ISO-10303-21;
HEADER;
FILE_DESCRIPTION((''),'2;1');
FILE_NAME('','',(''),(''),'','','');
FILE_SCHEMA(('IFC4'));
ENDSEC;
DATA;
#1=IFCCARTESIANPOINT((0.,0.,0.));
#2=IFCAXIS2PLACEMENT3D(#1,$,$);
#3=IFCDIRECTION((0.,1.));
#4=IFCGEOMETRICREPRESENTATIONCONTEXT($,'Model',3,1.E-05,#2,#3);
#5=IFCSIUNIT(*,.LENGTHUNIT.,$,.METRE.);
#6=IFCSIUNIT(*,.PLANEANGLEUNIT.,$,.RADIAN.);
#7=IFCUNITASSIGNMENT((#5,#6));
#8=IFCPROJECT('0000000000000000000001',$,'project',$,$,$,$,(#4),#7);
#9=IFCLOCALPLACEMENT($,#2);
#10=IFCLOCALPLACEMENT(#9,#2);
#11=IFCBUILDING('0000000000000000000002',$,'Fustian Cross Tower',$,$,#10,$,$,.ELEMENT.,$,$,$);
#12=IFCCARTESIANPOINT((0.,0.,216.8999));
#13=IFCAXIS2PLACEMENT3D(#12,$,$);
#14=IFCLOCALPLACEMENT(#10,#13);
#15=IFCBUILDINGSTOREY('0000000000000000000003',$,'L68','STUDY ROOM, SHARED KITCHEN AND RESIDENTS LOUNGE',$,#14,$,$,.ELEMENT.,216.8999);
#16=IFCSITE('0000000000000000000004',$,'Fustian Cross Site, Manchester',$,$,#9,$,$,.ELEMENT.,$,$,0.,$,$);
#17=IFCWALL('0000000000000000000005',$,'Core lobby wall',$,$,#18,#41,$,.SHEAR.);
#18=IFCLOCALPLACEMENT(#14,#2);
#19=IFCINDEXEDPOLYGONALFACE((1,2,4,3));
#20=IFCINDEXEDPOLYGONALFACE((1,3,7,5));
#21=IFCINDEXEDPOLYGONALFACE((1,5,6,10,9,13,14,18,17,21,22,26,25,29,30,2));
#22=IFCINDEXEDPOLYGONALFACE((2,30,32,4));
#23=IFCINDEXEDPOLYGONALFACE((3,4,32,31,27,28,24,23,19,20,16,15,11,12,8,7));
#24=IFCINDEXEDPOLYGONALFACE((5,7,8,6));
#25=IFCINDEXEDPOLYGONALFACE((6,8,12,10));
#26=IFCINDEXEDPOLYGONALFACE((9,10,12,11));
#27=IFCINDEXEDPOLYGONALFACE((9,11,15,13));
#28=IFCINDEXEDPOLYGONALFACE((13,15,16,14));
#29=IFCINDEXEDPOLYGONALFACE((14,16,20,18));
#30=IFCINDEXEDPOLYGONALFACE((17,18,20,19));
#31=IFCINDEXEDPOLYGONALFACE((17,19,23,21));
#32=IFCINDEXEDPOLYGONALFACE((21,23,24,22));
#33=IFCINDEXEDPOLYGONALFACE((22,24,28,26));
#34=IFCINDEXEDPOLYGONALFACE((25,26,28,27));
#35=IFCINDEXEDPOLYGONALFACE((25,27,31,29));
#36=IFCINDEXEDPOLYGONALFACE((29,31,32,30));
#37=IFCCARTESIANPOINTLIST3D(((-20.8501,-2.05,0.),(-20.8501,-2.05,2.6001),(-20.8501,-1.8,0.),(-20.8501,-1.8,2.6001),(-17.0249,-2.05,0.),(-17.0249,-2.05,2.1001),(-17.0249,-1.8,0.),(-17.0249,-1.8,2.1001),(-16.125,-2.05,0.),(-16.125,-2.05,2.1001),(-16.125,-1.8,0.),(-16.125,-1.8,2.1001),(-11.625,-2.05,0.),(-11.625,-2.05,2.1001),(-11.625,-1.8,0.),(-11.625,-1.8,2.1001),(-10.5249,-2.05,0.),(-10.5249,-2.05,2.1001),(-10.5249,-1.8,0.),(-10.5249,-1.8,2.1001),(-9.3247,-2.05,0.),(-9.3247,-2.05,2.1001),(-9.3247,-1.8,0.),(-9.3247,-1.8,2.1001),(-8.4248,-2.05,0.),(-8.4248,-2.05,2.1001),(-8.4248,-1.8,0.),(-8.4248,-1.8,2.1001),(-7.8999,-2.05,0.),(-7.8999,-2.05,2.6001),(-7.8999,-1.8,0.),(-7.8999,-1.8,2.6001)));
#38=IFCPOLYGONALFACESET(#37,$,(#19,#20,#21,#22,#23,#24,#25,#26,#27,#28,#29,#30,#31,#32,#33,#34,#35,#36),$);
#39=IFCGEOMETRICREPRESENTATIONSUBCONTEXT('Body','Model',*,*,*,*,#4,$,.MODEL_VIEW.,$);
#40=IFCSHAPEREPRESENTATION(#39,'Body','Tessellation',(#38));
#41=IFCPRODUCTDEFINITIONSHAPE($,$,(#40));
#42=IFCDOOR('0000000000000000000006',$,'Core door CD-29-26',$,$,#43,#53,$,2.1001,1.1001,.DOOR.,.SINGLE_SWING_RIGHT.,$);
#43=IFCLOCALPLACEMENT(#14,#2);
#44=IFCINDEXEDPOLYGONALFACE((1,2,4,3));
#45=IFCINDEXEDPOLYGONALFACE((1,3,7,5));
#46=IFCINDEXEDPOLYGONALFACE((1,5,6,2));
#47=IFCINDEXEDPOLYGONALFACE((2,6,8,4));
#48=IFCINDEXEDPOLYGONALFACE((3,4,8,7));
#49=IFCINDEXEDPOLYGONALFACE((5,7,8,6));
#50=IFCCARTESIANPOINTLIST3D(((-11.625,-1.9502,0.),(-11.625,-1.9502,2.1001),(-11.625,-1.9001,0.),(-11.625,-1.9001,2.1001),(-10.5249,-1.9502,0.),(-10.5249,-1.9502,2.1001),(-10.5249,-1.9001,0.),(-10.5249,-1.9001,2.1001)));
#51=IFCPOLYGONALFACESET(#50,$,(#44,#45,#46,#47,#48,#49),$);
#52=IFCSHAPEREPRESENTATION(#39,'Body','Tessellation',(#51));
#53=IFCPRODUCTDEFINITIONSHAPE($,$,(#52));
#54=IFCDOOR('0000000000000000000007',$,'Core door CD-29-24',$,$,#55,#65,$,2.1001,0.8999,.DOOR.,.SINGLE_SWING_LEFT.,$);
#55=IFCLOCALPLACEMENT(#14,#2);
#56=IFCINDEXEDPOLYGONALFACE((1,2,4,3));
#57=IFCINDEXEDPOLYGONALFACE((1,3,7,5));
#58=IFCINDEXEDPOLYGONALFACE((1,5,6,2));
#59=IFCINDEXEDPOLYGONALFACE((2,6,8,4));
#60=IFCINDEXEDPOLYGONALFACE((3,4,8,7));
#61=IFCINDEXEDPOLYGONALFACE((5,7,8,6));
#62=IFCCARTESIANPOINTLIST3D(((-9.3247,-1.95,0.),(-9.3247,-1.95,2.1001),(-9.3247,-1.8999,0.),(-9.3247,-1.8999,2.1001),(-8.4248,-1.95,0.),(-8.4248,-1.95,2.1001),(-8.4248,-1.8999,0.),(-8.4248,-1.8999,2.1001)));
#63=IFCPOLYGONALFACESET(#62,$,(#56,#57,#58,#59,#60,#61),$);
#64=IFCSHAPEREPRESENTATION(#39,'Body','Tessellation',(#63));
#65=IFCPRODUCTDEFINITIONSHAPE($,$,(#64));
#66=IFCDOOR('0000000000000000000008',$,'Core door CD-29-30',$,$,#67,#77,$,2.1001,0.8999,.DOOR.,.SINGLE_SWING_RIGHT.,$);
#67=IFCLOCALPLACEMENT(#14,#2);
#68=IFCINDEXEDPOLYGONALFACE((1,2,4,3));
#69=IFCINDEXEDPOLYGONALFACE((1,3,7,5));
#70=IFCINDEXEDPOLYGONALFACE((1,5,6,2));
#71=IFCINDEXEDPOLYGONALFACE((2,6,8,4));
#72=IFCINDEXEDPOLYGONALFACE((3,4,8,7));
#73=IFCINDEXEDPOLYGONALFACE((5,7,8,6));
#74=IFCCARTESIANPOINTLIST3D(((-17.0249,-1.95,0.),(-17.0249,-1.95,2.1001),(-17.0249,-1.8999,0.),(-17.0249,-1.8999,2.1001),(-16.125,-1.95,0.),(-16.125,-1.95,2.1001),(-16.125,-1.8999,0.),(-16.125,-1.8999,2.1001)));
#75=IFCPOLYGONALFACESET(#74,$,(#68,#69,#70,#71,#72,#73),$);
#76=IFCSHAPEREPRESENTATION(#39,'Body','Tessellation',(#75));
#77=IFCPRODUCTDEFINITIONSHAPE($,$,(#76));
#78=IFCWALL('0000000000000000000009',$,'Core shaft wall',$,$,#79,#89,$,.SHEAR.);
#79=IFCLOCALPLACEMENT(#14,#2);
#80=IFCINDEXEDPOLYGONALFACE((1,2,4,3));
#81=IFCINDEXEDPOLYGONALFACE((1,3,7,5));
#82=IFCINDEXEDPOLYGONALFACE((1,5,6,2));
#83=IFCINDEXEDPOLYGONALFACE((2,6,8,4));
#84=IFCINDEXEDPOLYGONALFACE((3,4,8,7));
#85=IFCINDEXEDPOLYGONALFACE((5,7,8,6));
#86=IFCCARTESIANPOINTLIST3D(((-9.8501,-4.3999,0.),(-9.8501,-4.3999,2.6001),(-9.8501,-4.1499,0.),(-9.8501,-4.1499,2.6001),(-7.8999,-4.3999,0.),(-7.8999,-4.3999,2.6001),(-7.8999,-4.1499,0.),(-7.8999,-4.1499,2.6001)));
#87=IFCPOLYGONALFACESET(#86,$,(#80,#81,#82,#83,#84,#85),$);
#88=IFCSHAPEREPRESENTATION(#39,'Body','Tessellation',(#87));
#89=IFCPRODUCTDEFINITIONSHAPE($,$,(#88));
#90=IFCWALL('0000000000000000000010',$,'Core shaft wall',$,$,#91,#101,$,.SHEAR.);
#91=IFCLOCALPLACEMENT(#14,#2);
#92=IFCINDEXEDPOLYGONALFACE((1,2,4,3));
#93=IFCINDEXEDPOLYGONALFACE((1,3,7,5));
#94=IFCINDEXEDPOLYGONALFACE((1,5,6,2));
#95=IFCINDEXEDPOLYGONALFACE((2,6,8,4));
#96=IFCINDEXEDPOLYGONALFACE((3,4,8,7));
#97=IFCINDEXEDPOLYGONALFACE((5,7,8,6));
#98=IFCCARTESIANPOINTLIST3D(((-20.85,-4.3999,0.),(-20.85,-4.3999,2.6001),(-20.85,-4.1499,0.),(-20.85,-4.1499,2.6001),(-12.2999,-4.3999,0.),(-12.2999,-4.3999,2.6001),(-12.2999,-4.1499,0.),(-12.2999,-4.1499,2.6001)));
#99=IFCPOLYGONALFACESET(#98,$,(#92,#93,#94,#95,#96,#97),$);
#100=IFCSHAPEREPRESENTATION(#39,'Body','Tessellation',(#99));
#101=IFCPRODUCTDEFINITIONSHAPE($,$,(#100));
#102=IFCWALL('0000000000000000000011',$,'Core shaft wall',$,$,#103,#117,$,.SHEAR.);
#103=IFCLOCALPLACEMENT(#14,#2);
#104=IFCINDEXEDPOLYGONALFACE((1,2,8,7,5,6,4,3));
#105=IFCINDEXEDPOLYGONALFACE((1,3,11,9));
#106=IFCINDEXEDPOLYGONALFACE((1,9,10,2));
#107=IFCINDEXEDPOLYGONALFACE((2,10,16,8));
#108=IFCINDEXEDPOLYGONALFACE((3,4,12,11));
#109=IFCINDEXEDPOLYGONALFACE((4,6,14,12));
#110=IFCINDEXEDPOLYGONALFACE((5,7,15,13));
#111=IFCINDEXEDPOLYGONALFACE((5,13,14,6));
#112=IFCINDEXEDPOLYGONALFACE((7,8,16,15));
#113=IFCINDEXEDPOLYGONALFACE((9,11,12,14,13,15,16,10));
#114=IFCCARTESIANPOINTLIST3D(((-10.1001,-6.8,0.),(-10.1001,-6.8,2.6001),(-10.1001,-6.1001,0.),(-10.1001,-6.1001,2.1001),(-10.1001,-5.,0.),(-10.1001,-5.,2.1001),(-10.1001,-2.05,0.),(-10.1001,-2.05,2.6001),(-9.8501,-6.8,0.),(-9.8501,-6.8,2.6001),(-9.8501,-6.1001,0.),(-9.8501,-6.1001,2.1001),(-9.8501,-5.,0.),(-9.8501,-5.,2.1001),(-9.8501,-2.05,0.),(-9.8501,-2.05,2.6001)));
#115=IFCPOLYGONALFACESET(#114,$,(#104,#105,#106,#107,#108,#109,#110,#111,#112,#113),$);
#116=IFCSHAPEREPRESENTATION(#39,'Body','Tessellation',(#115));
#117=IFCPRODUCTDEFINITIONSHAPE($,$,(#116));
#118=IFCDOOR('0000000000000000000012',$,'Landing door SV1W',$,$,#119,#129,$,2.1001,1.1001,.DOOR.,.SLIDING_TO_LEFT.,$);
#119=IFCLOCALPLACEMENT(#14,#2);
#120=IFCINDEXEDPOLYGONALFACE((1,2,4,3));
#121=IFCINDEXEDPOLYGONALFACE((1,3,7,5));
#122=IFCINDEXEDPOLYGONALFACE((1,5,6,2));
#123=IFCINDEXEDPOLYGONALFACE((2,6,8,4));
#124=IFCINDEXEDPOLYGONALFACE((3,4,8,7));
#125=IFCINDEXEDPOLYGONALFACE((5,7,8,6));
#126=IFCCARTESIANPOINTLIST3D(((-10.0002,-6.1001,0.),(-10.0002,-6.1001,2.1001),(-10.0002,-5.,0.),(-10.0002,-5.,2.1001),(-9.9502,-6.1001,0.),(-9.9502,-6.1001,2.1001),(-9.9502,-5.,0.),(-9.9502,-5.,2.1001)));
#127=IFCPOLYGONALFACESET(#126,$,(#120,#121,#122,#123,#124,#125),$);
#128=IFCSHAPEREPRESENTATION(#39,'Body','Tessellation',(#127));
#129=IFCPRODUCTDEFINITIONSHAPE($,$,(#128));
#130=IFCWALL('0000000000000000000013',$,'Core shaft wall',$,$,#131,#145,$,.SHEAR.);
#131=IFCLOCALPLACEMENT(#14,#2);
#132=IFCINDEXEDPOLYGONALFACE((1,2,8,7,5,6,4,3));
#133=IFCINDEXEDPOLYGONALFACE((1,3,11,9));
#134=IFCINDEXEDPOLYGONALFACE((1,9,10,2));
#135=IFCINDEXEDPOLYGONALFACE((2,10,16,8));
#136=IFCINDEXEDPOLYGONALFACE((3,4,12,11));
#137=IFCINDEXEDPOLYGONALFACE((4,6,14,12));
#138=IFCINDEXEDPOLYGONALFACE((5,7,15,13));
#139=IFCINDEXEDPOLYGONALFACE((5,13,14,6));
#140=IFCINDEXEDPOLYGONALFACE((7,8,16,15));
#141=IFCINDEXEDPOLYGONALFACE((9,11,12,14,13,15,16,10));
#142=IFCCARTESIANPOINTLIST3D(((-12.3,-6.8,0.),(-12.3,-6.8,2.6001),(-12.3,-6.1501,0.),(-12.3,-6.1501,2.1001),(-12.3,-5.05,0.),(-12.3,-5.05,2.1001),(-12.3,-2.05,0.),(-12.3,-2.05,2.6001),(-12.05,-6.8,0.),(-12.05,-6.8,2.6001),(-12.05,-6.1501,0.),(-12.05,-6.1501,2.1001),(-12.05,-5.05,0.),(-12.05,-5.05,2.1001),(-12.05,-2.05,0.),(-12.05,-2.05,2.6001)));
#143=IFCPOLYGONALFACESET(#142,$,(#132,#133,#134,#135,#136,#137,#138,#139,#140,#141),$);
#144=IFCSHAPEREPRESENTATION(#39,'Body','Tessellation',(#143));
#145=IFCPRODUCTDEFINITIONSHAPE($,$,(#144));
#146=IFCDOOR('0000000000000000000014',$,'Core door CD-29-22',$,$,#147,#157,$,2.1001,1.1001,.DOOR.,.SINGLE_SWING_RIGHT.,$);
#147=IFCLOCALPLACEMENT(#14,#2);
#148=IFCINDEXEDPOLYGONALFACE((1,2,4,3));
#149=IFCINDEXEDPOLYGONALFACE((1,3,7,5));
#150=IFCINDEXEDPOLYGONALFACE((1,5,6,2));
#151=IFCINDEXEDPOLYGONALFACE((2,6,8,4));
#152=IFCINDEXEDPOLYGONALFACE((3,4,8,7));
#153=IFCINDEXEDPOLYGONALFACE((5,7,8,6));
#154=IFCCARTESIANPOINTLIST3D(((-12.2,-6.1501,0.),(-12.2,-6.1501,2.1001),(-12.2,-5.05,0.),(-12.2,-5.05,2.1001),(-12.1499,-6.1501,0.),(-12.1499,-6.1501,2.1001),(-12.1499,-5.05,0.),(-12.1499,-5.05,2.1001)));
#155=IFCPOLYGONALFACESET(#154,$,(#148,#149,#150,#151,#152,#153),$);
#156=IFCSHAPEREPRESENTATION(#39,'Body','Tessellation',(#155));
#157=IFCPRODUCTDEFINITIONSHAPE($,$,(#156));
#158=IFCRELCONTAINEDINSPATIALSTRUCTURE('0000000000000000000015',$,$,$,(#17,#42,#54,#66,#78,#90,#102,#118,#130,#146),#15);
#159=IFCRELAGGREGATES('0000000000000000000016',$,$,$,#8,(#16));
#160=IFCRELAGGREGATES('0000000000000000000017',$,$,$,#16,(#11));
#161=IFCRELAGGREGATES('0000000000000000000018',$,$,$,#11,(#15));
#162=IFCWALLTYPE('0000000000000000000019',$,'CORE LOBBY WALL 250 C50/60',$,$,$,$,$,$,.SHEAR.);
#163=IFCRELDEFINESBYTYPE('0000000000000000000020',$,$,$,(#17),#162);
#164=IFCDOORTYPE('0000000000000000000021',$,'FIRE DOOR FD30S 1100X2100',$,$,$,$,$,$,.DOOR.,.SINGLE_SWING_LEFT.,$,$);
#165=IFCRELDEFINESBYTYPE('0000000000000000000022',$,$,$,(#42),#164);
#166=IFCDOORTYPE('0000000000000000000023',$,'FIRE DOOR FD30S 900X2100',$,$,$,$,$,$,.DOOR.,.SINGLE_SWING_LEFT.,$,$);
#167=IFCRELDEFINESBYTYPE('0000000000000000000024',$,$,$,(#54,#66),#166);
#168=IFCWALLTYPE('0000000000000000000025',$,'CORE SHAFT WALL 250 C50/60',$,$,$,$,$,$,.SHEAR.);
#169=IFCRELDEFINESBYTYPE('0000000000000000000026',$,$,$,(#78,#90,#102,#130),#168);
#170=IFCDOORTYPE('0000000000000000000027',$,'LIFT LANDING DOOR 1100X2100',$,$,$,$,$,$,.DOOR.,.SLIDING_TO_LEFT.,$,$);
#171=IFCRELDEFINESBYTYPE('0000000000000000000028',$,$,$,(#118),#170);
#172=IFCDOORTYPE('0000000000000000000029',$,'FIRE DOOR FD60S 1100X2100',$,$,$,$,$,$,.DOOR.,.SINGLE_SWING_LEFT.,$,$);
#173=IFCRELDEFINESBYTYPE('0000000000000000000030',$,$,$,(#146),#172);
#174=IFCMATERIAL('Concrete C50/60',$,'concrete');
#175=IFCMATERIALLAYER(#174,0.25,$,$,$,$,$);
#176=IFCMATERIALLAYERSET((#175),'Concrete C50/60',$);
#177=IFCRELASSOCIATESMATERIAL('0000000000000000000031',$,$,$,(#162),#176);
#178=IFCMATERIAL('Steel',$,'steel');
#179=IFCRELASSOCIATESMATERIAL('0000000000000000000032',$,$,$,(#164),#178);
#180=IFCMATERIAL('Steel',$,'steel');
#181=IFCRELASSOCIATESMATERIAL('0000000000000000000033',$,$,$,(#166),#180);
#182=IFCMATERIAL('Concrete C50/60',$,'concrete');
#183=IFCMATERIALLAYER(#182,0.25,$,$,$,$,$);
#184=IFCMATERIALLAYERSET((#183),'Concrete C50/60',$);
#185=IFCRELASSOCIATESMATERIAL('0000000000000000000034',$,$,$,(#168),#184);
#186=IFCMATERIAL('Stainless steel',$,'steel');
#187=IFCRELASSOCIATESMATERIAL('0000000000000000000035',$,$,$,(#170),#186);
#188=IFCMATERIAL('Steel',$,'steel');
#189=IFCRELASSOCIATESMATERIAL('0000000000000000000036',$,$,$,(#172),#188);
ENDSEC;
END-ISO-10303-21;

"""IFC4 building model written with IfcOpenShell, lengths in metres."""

from ifc_helpers import new_model, si_unit, direction, frame, frame_2d, origin, place, context, subcontext, project, spatial, rectangle, extrude, material, layer, layer_set, type_object, element, fill, save


model = new_model("IFC4")

# Units and contexts
model_context = context("Model", 3, precision=1e-05, world=origin(), true_north=direction((0.0, 1.0)))
body_context = subcontext(model_context, "Body", "Model", "MODEL_VIEW")
ifc_project = project(units=[si_unit("LENGTHUNIT", "METRE"), si_unit("PLANEANGLEUNIT", "RADIAN")], contexts=[model_context])

# Site, building, storey
site_placement = place(None, origin())
site = spatial("IfcSite", under=ifc_project, at=site_placement, Name="Fustian Cross Site, Manchester", CompositionType="ELEMENT", RefElevation=0.0)
building_placement = place(site_placement, origin())
building = spatial("IfcBuilding", under=site, at=building_placement, Name="Fustian Cross Tower", CompositionType="ELEMENT")
storey_placement = place(building_placement, frame((0.0, 0.0, 216.8999)))
storey = spatial("IfcBuildingStorey", under=building, at=storey_placement, Name="L68", Description="STUDY ROOM, SHARED KITCHEN AND RESIDENTS LOUNGE", CompositionType="ELEMENT", Elevation=216.8999)

# Wall, openings, doors
ifc_material_1 = material(Name="Concrete C50/60", Category="concrete")
ifc_layer_1 = layer(ifc_material_1, 0.25)
ifc_layer_set_1 = layer_set([ifc_layer_1], Name="Concrete C50/60")
wall_type_1 = type_object("IfcWallType", Name="CORE LOBBY WALL 250 C50/60", PredefinedType="SHEAR", material=ifc_layer_set_1)
wall_1_placement = place(storey_placement, frame((-7.8999, -1.925, 0.0), z_axis=(0.0, 0.0, 1.0), x_axis=(-1.0, 0.0, 0.0)))
wall_1 = element("IfcWall", 1, at=wall_1_placement, inside=storey, type_object=wall_type_1, Name="Core lobby wall", PredefinedType="SHEAR", context=body_context, shape_type="SweptSolid", body=[
    extrude(rectangle(XDim=12.9502, YDim=0.25, at=frame_2d((6.4751, 0.0))), origin(), (0.0, 0.0, 1.0), 2.6001),
])
opening_1_placement = place(wall_1_placement, frame((0.5249, 0.0, 0.0)))
opening_1 = element("IfcOpeningElement", 2, at=opening_1_placement, cuts=wall_1, PredefinedType="OPENING", context=body_context, shape_type="SweptSolid", body=[
    extrude(rectangle(XDim=0.8999, YDim=2.1001, at=frame_2d((0.45, 1.05))), frame((0.0, 0.135, 0.0), z_axis=(0.0, -1.0, 0.0), x_axis=(1.0, 0.0, 0.0)), (0.0, 0.0, 1.0), 0.27),
])
opening_2_placement = place(wall_1_placement, frame((2.625, 0.0, 0.0)))
opening_2 = element("IfcOpeningElement", 3, at=opening_2_placement, cuts=wall_1, PredefinedType="OPENING", context=body_context, shape_type="SweptSolid", body=[
    extrude(rectangle(XDim=1.1001, YDim=2.1001, at=frame_2d((0.55, 1.05))), frame((0.0, 0.135, 0.0), z_axis=(0.0, -1.0, 0.0), x_axis=(1.0, 0.0, 0.0)), (0.0, 0.0, 1.0), 0.27),
])
opening_3_placement = place(wall_1_placement, frame((8.2251, 0.0, 0.0)))
opening_3 = element("IfcOpeningElement", 4, at=opening_3_placement, cuts=wall_1, PredefinedType="OPENING", context=body_context, shape_type="SweptSolid", body=[
    extrude(rectangle(XDim=0.8999, YDim=2.1001, at=frame_2d((0.45, 1.05))), frame((0.0, 0.135, 0.0), z_axis=(0.0, -1.0, 0.0), x_axis=(1.0, 0.0, 0.0)), (0.0, 0.0, 1.0), 0.27),
])
ifc_material_2 = material(Name="Steel", Category="steel")
door_type_1 = type_object("IfcDoorType", Name="FIRE DOOR FD30S 1100X2100", OperationType="SINGLE_SWING_LEFT", PredefinedType="DOOR", material=ifc_material_2)
door_1_placement = place(opening_2_placement, frame((1.1001, 0.0, 0.0), z_axis=(0.0, 0.0, 1.0), x_axis=(-1.0, 0.0, 0.0)))
door_1 = element("IfcDoor", 5, at=door_1_placement, inside=storey, type_object=door_type_1, Name="Core door CD-29-26", OperationType="SINGLE_SWING_RIGHT", OverallHeight=2.1001, OverallWidth=1.1001, PredefinedType="DOOR", context=body_context, shape_type="SweptSolid", body=[
    extrude(rectangle(XDim=1.1001, YDim=2.1001, at=frame_2d((0.55, 1.05))), frame((0.0, 0.0249, 0.0), z_axis=(0.0, -1.0, 0.0), x_axis=(1.0, 0.0, 0.0)), (0.0, 0.0, 1.0), 0.05),
])
fill(opening_2, door_1)
ifc_material_3 = material(Name="Steel", Category="steel")
door_type_2 = type_object("IfcDoorType", Name="FIRE DOOR FD30S 900X2100", OperationType="SINGLE_SWING_LEFT", PredefinedType="DOOR", material=ifc_material_3)
door_2_placement = place(opening_1_placement, origin())
door_2 = element("IfcDoor", 6, at=door_2_placement, inside=storey, type_object=door_type_2, Name="Core door CD-29-24", OperationType="SINGLE_SWING_LEFT", OverallHeight=2.1001, OverallWidth=0.8999, PredefinedType="DOOR", context=body_context, shape_type="SweptSolid", body=[
    extrude(rectangle(XDim=0.8999, YDim=2.1001, at=frame_2d((0.45, 1.05))), frame((0.0, 0.0249, 0.0), z_axis=(0.0, -1.0, 0.0), x_axis=(1.0, 0.0, 0.0)), (0.0, 0.0, 1.0), 0.05),
])
fill(opening_1, door_2)
door_3_placement = place(opening_3_placement, origin())
door_3 = element("IfcDoor", 7, at=door_3_placement, inside=storey, type_object=door_type_2, Name="Core door CD-29-30", OperationType="SINGLE_SWING_RIGHT", OverallHeight=2.1001, OverallWidth=0.8999, PredefinedType="DOOR", context=body_context, shape_type="SweptSolid", body=[
    extrude(rectangle(XDim=0.8999, YDim=2.1001, at=frame_2d((0.45, 1.05))), frame((0.0, 0.0249, 0.0), z_axis=(0.0, -1.0, 0.0), x_axis=(1.0, 0.0, 0.0)), (0.0, 0.0, 1.0), 0.05),
])
fill(opening_3, door_3)

# Walls
ifc_material_4 = material(Name="Concrete C50/60", Category="concrete")
ifc_layer_2 = layer(ifc_material_4, 0.25)
ifc_layer_set_2 = layer_set([ifc_layer_2], Name="Concrete C50/60")
wall_type_2 = type_object("IfcWallType", Name="CORE SHAFT WALL 250 C50/60", PredefinedType="SHEAR", material=ifc_layer_set_2)
wall_2_placement = place(storey_placement, frame((-7.8999, -4.2749, 0.0), z_axis=(0.0, 0.0, 1.0), x_axis=(-1.0, 0.0, 0.0)))
element("IfcWall", 8, at=wall_2_placement, inside=storey, type_object=wall_type_2, Name="Core shaft wall", PredefinedType="SHEAR", context=body_context, shape_type="SweptSolid", body=[
    extrude(rectangle(XDim=1.9502, YDim=0.25, at=frame_2d((0.9751, 0.0))), origin(), (0.0, 0.0, 1.0), 2.6001),
])
wall_3_placement = place(storey_placement, frame((-12.3, -4.2749, 0.0), z_axis=(0.0, 0.0, 1.0), x_axis=(-1.0, 0.0, 0.0)))
element("IfcWall", 9, at=wall_3_placement, inside=storey, type_object=wall_type_2, Name="Core shaft wall", PredefinedType="SHEAR", context=body_context, shape_type="SweptSolid", body=[
    extrude(rectangle(XDim=8.55, YDim=0.25, at=frame_2d((4.2749, 0.0))), origin(), (0.0, 0.0, 1.0), 2.6001),
])

# Walls, openings, doors
wall_4_placement = place(storey_placement, frame((-9.9751, -2.05, 0.0), z_axis=(0.0, 0.0, 1.0), x_axis=(0.0, -1.0, 0.0)))
wall_4 = element("IfcWall", 10, at=wall_4_placement, inside=storey, type_object=wall_type_2, Name="Core shaft wall", PredefinedType="SHEAR", context=body_context, shape_type="SweptSolid", body=[
    extrude(rectangle(XDim=4.75, YDim=0.25, at=frame_2d((2.375, 0.0))), origin(), (0.0, 0.0, 1.0), 2.6001),
])
opening_4_placement = place(wall_4_placement, frame((2.95, 0.0, 0.0)))
opening_4 = element("IfcOpeningElement", 11, at=opening_4_placement, cuts=wall_4, PredefinedType="OPENING", context=body_context, shape_type="SweptSolid", body=[
    extrude(rectangle(XDim=1.1001, YDim=2.1001, at=frame_2d((0.55, 1.05))), frame((0.0, 0.135, 0.0), z_axis=(0.0, -1.0, 0.0), x_axis=(1.0, 0.0, 0.0)), (0.0, 0.0, 1.0), 0.27),
])
ifc_material_5 = material(Name="Stainless steel", Category="steel")
door_type_3 = type_object("IfcDoorType", Name="LIFT LANDING DOOR 1100X2100", OperationType="SLIDING_TO_LEFT", PredefinedType="DOOR", material=ifc_material_5)
door_4_placement = place(opening_4_placement, origin())
door_4 = element("IfcDoor", 12, at=door_4_placement, inside=storey, type_object=door_type_3, Name="Landing door SV1W", OperationType="SLIDING_TO_LEFT", OverallHeight=2.1001, OverallWidth=1.1001, PredefinedType="DOOR", context=body_context, shape_type="SweptSolid", body=[
    extrude(rectangle(XDim=1.1001, YDim=2.1001, at=frame_2d((0.55, 1.05))), frame((0.0, 0.0249, 0.0), z_axis=(0.0, -1.0, 0.0), x_axis=(1.0, 0.0, 0.0)), (0.0, 0.0, 1.0), 0.05),
])
fill(opening_4, door_4)
wall_5_placement = place(storey_placement, frame((-12.175, -2.05, 0.0), z_axis=(0.0, 0.0, 1.0), x_axis=(0.0, -1.0, 0.0)))
wall_5 = element("IfcWall", 13, at=wall_5_placement, inside=storey, type_object=wall_type_2, Name="Core shaft wall", PredefinedType="SHEAR", context=body_context, shape_type="SweptSolid", body=[
    extrude(rectangle(XDim=4.75, YDim=0.25, at=frame_2d((2.375, 0.0))), origin(), (0.0, 0.0, 1.0), 2.6001),
])
opening_5_placement = place(wall_5_placement, frame((3.0, 0.0, 0.0)))
opening_5 = element("IfcOpeningElement", 14, at=opening_5_placement, cuts=wall_5, PredefinedType="OPENING", context=body_context, shape_type="SweptSolid", body=[
    extrude(rectangle(XDim=1.1001, YDim=2.1001, at=frame_2d((0.55, 1.05))), frame((0.0, 0.135, 0.0), z_axis=(0.0, -1.0, 0.0), x_axis=(1.0, 0.0, 0.0)), (0.0, 0.0, 1.0), 0.27),
])
ifc_material_6 = material(Name="Steel", Category="steel")
door_type_4 = type_object("IfcDoorType", Name="FIRE DOOR FD60S 1100X2100", OperationType="SINGLE_SWING_LEFT", PredefinedType="DOOR", material=ifc_material_6)
door_5_placement = place(opening_5_placement, frame((1.1001, 0.0, 0.0), z_axis=(0.0, 0.0, 1.0), x_axis=(-1.0, 0.0, 0.0)))
door_5 = element("IfcDoor", 15, at=door_5_placement, inside=storey, type_object=door_type_4, Name="Core door CD-29-22", OperationType="SINGLE_SWING_RIGHT", OverallHeight=2.1001, OverallWidth=1.1001, PredefinedType="DOOR", context=body_context, shape_type="SweptSolid", body=[
    extrude(rectangle(XDim=1.1001, YDim=2.1001, at=frame_2d((0.55, 1.05))), frame((0.0, 0.0249, 0.0), z_axis=(0.0, -1.0, 0.0), x_axis=(1.0, 0.0, 0.0)), (0.0, 0.0, 1.0), 0.05),
])
fill(opening_5, door_5)

save(model, "model.ifc")
